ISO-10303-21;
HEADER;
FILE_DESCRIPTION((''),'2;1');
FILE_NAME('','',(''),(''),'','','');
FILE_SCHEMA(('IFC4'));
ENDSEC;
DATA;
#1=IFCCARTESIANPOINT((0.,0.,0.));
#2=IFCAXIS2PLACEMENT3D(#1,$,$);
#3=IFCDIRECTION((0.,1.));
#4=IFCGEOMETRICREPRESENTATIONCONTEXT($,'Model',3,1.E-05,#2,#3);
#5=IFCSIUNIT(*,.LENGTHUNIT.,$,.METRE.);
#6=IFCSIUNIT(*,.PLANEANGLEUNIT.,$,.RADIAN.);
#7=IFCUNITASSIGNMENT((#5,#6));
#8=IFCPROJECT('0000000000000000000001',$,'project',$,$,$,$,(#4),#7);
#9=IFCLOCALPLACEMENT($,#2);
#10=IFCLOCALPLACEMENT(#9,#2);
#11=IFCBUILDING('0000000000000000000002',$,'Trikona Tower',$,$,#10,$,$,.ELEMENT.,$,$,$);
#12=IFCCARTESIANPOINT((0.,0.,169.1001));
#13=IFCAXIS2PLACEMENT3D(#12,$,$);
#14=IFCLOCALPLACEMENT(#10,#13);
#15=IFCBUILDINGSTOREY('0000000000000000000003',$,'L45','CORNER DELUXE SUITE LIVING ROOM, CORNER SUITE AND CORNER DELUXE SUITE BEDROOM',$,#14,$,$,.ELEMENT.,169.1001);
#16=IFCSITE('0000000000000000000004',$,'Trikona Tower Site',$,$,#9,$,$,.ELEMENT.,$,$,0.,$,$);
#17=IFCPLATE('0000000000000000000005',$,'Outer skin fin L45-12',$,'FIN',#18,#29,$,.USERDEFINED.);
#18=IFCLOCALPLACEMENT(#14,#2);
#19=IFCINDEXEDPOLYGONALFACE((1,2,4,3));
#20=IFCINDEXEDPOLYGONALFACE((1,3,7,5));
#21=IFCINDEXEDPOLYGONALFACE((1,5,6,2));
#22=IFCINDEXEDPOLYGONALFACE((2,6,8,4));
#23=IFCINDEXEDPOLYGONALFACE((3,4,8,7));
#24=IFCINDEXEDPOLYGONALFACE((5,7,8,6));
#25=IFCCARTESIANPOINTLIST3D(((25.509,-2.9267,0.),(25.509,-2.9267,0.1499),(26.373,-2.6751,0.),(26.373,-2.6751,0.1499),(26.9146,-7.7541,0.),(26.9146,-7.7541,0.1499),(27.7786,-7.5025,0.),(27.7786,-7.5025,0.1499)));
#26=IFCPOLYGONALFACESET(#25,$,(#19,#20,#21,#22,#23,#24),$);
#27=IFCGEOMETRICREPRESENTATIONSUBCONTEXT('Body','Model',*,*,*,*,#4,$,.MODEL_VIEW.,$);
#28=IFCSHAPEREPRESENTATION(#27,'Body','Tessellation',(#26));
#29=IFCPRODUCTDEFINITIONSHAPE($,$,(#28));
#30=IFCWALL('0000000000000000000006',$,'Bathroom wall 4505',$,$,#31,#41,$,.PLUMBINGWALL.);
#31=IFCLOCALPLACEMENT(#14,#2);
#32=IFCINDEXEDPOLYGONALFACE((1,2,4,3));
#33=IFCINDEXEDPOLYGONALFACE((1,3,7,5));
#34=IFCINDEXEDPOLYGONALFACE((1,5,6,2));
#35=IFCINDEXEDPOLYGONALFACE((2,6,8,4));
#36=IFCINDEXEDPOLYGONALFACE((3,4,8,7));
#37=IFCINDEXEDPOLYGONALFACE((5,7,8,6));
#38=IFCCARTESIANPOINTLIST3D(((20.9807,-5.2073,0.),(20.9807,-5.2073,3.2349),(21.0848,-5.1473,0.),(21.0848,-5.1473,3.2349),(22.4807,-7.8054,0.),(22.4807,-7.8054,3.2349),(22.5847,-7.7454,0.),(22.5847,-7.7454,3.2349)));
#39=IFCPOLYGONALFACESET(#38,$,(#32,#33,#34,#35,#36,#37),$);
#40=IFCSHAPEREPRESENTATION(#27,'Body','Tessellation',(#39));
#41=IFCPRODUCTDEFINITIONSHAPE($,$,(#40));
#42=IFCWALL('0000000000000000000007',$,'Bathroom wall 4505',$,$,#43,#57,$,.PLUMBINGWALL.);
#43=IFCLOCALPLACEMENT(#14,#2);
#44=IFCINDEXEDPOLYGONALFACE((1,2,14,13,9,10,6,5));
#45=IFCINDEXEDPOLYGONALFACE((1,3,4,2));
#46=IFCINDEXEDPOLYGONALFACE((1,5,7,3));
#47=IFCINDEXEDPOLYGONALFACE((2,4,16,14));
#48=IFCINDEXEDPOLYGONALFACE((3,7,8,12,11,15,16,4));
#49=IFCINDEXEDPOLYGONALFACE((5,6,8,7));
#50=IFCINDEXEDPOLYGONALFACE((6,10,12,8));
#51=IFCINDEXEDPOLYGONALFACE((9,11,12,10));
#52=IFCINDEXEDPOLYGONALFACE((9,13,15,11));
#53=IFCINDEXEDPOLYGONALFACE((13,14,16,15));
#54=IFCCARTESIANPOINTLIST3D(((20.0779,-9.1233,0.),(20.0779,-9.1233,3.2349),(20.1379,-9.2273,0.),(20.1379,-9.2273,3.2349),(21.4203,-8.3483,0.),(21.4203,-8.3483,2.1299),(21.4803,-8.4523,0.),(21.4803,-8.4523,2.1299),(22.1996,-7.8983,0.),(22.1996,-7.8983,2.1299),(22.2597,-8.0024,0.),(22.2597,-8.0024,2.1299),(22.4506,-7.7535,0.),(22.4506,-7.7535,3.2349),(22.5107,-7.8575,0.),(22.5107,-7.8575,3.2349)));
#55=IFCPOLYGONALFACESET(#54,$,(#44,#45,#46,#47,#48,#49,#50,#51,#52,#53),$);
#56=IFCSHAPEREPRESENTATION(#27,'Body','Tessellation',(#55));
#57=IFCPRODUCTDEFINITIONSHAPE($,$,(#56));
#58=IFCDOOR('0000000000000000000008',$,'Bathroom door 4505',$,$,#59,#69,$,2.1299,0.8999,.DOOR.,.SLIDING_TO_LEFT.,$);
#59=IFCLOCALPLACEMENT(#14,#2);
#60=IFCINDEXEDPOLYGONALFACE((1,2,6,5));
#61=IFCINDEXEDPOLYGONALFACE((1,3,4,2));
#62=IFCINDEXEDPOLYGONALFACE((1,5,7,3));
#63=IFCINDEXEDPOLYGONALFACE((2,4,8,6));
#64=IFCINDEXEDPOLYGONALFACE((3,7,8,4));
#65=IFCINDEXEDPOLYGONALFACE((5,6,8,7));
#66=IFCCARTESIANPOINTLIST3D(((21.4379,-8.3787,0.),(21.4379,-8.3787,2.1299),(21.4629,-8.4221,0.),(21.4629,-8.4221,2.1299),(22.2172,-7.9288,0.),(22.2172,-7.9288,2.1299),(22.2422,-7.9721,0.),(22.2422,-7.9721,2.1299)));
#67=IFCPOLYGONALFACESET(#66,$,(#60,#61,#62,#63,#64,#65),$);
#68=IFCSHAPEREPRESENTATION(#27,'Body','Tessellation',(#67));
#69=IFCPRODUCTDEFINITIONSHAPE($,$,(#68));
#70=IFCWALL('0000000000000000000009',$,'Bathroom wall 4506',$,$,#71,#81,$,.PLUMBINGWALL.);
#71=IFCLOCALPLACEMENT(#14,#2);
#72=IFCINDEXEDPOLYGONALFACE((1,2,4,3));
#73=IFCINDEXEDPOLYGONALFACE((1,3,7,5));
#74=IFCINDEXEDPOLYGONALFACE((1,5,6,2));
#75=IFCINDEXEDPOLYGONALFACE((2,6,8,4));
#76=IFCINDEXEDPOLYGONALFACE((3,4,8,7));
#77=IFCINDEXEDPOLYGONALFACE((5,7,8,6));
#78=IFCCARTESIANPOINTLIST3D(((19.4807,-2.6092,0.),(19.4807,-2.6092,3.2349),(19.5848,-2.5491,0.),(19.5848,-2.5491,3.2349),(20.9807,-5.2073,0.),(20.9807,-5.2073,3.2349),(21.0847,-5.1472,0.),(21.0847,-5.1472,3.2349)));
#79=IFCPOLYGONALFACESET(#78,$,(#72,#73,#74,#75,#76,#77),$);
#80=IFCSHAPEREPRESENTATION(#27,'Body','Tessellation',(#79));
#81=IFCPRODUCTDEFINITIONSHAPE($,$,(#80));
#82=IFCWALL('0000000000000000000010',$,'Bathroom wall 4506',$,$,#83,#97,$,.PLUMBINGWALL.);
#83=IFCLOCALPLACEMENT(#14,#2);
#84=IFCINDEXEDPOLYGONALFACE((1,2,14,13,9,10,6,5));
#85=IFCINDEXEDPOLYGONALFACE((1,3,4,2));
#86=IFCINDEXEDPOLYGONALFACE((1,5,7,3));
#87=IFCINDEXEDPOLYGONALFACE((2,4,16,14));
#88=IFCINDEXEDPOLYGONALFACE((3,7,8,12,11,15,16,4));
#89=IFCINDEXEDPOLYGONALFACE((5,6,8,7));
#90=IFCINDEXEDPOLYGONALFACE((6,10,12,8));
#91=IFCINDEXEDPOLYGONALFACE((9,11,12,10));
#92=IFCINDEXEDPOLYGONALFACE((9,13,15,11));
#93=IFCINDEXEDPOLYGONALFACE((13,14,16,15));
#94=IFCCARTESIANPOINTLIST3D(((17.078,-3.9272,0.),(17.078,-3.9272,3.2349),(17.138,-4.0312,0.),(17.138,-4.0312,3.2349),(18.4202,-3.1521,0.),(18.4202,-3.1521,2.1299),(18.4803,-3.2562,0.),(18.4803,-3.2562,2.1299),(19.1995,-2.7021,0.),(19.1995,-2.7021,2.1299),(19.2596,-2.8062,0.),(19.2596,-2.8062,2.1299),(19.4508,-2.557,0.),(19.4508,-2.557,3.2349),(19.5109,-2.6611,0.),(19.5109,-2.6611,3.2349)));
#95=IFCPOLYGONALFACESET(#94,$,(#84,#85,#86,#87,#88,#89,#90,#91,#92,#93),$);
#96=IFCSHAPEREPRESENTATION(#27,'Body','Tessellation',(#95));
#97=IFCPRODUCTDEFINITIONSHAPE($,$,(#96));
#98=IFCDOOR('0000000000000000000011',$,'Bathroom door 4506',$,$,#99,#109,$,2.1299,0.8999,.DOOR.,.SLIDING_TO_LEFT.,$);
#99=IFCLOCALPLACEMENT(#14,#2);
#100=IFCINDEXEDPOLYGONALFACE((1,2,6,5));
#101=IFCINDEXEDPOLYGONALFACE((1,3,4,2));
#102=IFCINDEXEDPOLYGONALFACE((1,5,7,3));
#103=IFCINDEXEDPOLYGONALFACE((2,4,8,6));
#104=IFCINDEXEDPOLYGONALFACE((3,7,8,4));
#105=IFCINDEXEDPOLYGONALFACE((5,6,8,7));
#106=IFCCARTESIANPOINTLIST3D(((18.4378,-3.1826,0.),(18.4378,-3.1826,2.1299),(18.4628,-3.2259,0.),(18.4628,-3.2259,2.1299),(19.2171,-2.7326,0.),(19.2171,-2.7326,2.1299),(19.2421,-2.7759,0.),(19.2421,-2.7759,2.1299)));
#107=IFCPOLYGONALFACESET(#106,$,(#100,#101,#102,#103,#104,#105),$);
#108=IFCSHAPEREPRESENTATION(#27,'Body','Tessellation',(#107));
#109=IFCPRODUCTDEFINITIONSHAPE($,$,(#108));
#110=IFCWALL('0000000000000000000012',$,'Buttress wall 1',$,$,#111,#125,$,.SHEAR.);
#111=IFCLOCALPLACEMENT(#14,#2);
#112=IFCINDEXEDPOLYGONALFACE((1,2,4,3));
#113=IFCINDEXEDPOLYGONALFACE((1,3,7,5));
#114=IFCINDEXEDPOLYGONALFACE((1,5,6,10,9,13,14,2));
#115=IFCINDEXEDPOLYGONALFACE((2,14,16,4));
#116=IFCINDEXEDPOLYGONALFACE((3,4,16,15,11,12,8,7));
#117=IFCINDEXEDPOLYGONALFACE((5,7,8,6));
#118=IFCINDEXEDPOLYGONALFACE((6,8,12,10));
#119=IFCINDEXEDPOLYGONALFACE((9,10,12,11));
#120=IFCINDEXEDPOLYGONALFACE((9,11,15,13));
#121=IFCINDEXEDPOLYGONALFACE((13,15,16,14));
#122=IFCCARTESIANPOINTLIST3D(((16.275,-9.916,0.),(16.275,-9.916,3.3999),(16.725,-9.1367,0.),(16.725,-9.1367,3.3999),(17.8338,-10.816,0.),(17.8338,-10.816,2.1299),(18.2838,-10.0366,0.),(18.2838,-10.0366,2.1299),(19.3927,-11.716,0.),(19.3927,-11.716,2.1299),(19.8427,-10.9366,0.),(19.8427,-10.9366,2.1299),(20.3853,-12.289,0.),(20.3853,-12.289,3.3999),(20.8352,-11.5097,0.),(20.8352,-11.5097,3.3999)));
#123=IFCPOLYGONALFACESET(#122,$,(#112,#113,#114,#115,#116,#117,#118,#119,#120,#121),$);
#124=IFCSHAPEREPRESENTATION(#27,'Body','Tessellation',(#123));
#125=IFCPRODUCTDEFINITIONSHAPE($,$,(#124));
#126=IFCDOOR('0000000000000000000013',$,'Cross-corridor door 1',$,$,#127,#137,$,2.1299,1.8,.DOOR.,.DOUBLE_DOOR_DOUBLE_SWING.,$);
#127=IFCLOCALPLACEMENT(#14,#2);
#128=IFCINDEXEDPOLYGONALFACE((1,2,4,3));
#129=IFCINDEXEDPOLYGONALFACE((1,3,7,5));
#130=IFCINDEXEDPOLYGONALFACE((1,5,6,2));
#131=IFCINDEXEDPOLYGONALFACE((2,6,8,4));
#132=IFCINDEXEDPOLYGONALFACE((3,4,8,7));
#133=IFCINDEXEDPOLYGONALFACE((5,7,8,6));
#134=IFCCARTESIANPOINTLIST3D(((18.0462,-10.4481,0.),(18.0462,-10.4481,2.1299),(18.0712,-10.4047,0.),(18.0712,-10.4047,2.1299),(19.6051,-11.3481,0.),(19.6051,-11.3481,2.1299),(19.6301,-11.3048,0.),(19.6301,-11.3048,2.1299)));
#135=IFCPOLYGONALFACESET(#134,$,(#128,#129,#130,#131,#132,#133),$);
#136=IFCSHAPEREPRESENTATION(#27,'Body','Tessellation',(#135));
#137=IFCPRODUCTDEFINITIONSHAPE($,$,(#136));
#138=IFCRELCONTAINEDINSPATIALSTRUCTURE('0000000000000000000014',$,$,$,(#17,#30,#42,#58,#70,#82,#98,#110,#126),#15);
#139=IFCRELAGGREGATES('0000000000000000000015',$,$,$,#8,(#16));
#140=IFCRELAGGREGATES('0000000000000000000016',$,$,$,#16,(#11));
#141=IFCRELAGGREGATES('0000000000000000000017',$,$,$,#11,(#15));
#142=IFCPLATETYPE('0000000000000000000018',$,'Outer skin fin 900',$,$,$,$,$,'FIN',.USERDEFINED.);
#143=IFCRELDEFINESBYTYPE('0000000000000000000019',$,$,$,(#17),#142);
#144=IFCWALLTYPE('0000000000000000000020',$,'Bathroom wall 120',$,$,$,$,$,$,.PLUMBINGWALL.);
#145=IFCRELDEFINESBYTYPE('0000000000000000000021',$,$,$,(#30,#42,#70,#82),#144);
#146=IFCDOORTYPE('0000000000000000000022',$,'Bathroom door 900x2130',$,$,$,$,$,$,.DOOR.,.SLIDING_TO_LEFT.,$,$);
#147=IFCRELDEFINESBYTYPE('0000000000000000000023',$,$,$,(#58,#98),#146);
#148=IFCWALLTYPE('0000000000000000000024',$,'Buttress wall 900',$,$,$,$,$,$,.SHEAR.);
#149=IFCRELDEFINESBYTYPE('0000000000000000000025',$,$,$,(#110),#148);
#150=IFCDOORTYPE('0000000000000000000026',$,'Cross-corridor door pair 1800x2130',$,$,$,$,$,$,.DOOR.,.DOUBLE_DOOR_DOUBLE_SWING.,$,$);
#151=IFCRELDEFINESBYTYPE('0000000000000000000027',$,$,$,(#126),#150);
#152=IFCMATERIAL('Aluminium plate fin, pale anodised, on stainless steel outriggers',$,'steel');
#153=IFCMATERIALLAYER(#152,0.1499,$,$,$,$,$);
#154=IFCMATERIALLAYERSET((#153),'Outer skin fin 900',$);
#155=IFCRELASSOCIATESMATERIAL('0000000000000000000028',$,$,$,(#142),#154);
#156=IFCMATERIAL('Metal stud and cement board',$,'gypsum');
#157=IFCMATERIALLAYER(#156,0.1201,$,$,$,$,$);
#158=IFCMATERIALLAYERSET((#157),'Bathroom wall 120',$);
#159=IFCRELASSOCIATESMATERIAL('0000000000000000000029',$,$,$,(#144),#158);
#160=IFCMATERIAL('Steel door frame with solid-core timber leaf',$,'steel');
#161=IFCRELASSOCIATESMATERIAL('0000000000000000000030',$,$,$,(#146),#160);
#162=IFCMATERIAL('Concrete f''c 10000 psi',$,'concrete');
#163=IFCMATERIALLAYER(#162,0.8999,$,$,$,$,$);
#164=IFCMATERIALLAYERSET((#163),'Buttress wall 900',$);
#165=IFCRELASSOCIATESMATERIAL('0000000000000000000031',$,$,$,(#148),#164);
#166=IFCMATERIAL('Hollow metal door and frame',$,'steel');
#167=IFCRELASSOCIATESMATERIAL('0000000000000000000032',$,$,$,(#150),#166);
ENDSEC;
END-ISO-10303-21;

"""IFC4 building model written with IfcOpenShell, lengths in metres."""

from ifc_helpers import new_model, si_unit, direction, frame, frame_2d, origin, origin_2d, place, context, subcontext, project, spatial, rectangle, extrude, material, layer, layer_set, type_object, element, fill, save


model = new_model("IFC4")

# Units and contexts
model_context = context("Model", 3, precision=1e-05, world=origin(), true_north=direction((0.0, 1.0)))
body_context = subcontext(model_context, "Body", "Model", "MODEL_VIEW")
ifc_project = project(units=[si_unit("LENGTHUNIT", "METRE"), si_unit("PLANEANGLEUNIT", "RADIAN")], contexts=[model_context])

# Site, building, storey
site_placement = place(None, origin())
site = spatial("IfcSite", under=ifc_project, at=site_placement, Name="Trikona Tower Site", CompositionType="ELEMENT", RefElevation=0.0)
building_placement = place(site_placement, origin())
building = spatial("IfcBuilding", under=site, at=building_placement, Name="Trikona Tower", CompositionType="ELEMENT")
storey_placement = place(building_placement, frame((0.0, 0.0, 169.1001)))
storey = spatial("IfcBuildingStorey", under=building, at=storey_placement, Name="L45", Description="CORNER DELUXE SUITE LIVING ROOM, CORNER SUITE AND CORNER DELUXE SUITE BEDROOM", CompositionType="ELEMENT", Elevation=169.1001)

# Plate
ifc_material_1 = material(Name="Aluminium plate fin, pale anodised, on stainless steel outriggers", Category="steel")
ifc_layer_1 = layer(ifc_material_1, 0.1499)
ifc_layer_set_1 = layer_set([ifc_layer_1], Name="Outer skin fin 900")
plate_type_1 = type_object("IfcPlateType", Name="Outer skin fin 900", ElementType="FIN", PredefinedType="USERDEFINED", material=ifc_layer_set_1)
plate_1_placement = place(storey_placement, frame((26.6438, -5.2146, 0.0), z_axis=(0.0, 0.0, 1.0), x_axis=(-0.279554, 0.96013, 0.0)))
element("IfcPlate", 1, at=plate_1_placement, inside=storey, type_object=plate_type_1, Name="Outer skin fin L45-12", ObjectType="FIN", PredefinedType="USERDEFINED", context=body_context, shape_type="SweptSolid", body=[
    extrude(rectangle(XDim=5.0278, YDim=0.8999, at=origin_2d()), origin(), (0.0, 0.0, 1.0), 0.1499),
])

# Wall
ifc_material_2 = material(Name="Metal stud and cement board", Category="gypsum")
ifc_layer_2 = layer(ifc_material_2, 0.1201)
ifc_layer_set_2 = layer_set([ifc_layer_2], Name="Bathroom wall 120")
wall_type_1 = type_object("IfcWallType", Name="Bathroom wall 120", PredefinedType="PLUMBINGWALL", material=ifc_layer_set_2)
wall_1_placement = place(storey_placement, frame((22.5327, -7.7754, 0.0), z_axis=(0.0, 0.0, 1.0), x_axis=(-0.49999, 0.866031, 0.0)))
element("IfcWall", 2, at=wall_1_placement, inside=storey, type_object=wall_type_1, Name="Bathroom wall 4505", PredefinedType="PLUMBINGWALL", context=body_context, shape_type="SweptSolid", body=[
    extrude(rectangle(XDim=3.0, YDim=0.1201, at=frame_2d((1.5, 0.0))), origin(), (0.0, 0.0, 1.0), 3.2349),
])

# Wall, opening, door
wall_2_placement = place(storey_placement, frame((20.1079, -9.1753, 0.0), z_axis=(0.0, 0.0, 1.0), x_axis=(0.866036, 0.499982, 0.0)))
wall_2 = element("IfcWall", 3, at=wall_2_placement, inside=storey, type_object=wall_type_1, Name="Bathroom wall 4505", PredefinedType="PLUMBINGWALL", context=body_context, shape_type="SweptSolid", body=[
    extrude(rectangle(XDim=2.7397, YDim=0.1201, at=frame_2d((1.3699, 0.0))), origin(), (0.0, 0.0, 1.0), 3.2349),
])
opening_1_placement = place(wall_2_placement, frame((1.55, 0.0, 0.0)))
opening_1 = element("IfcOpeningElement", 4, at=opening_1_placement, cuts=wall_2, PredefinedType="OPENING", context=body_context, shape_type="SweptSolid", body=[
    extrude(rectangle(XDim=0.8999, YDim=2.1299, at=frame_2d((0.45, 1.0649))), frame((0.0, 0.0701, 0.0), z_axis=(0.0, -1.0, 0.0), x_axis=(1.0, 0.0, 0.0)), (0.0, 0.0, 1.0), 0.1401),
])
ifc_material_3 = material(Name="Steel door frame with solid-core timber leaf", Category="steel")
door_type_1 = type_object("IfcDoorType", Name="Bathroom door 900x2130", OperationType="SLIDING_TO_LEFT", PredefinedType="DOOR", material=ifc_material_3)
door_1_placement = place(opening_1_placement, origin())
door_1 = element("IfcDoor", 5, at=door_1_placement, inside=storey, type_object=door_type_1, Name="Bathroom door 4505", OperationType="SLIDING_TO_LEFT", OverallHeight=2.1299, OverallWidth=0.8999, PredefinedType="DOOR", context=body_context, shape_type="SweptSolid", body=[
    extrude(rectangle(XDim=0.8999, YDim=2.1299, at=frame_2d((0.45, 1.0649))), frame((0.0, 0.0249, 0.0), z_axis=(0.0, -1.0, 0.0), x_axis=(1.0, 0.0, 0.0)), (0.0, 0.0, 1.0), 0.05),
])
fill(opening_1, door_1)

# Wall
wall_3_placement = place(storey_placement, frame((21.0327, -5.1772, 0.0), z_axis=(0.0, 0.0, 1.0), x_axis=(-0.49999, 0.866031, 0.0)))
element("IfcWall", 6, at=wall_3_placement, inside=storey, type_object=wall_type_1, Name="Bathroom wall 4506", PredefinedType="PLUMBINGWALL", context=body_context, shape_type="SweptSolid", body=[
    extrude(rectangle(XDim=3.0, YDim=0.1201, at=frame_2d((1.5, 0.0))), origin(), (0.0, 0.0, 1.0), 3.2349),
])

# Walls, openings, doors
wall_4_placement = place(storey_placement, frame((17.1079, -3.9792, 0.0), z_axis=(0.0, 0.0, 1.0), x_axis=(0.865997, 0.500049, 0.0)))
wall_4 = element("IfcWall", 7, at=wall_4_placement, inside=storey, type_object=wall_type_1, Name="Bathroom wall 4506", PredefinedType="PLUMBINGWALL", context=body_context, shape_type="SweptSolid", body=[
    extrude(rectangle(XDim=2.74, YDim=0.1201, at=frame_2d((1.3701, 0.0))), origin(), (0.0, 0.0, 1.0), 3.2349),
])
opening_2_placement = place(wall_4_placement, frame((1.55, 0.0, 0.0)))
opening_2 = element("IfcOpeningElement", 8, at=opening_2_placement, cuts=wall_4, PredefinedType="OPENING", context=body_context, shape_type="SweptSolid", body=[
    extrude(rectangle(XDim=0.8999, YDim=2.1299, at=frame_2d((0.45, 1.0649))), frame((0.0, 0.0701, 0.0), z_axis=(0.0, -1.0, 0.0), x_axis=(1.0, 0.0, 0.0)), (0.0, 0.0, 1.0), 0.1401),
])
door_2_placement = place(opening_2_placement, origin())
door_2 = element("IfcDoor", 9, at=door_2_placement, inside=storey, type_object=door_type_1, Name="Bathroom door 4506", OperationType="SLIDING_TO_LEFT", OverallHeight=2.1299, OverallWidth=0.8999, PredefinedType="DOOR", context=body_context, shape_type="SweptSolid", body=[
    extrude(rectangle(XDim=0.8999, YDim=2.1299, at=frame_2d((0.45, 1.0649))), frame((0.0, 0.0249, 0.0), z_axis=(0.0, -1.0, 0.0), x_axis=(1.0, 0.0, 0.0)), (0.0, 0.0, 1.0), 0.05),
])
fill(opening_2, door_2)
ifc_material_4 = material(Name="Concrete f'c 10000 psi", Category="concrete")
ifc_layer_3 = layer(ifc_material_4, 0.8999)
ifc_layer_set_3 = layer_set([ifc_layer_3], Name="Buttress wall 900")
wall_type_2 = type_object("IfcWallType", Name="Buttress wall 900", PredefinedType="SHEAR", material=ifc_layer_set_3)
wall_5_placement = place(storey_placement, frame((16.5, -9.5264, 0.0), z_axis=(0.0, 0.0, 1.0), x_axis=(0.866031, -0.49999, 0.0)))
wall_5 = element("IfcWall", 10, at=wall_5_placement, inside=storey, type_object=wall_type_2, Name="Buttress wall 1", PredefinedType="SHEAR", context=body_context, shape_type="SweptSolid", body=[
    extrude(rectangle(XDim=4.7461, YDim=0.8999, at=frame_2d((2.373, 0.0))), origin(), (0.0, 0.0, 1.0), 3.3999),
])
opening_3_placement = place(wall_5_placement, frame((1.8, 0.0, 0.0)))
opening_3 = element("IfcOpeningElement", 11, at=opening_3_placement, cuts=wall_5, PredefinedType="OPENING", context=body_context, shape_type="SweptSolid", body=[
    extrude(rectangle(XDim=1.8, YDim=2.1299, at=frame_2d((0.8999, 1.0649))), frame((0.0, 0.46, 0.0), z_axis=(0.0, -1.0, 0.0), x_axis=(1.0, 0.0, 0.0)), (0.0, 0.0, 1.0), 0.9199),
])
ifc_material_5 = material(Name="Hollow metal door and frame", Category="steel")
door_type_2 = type_object("IfcDoorType", Name="Cross-corridor door pair 1800x2130", OperationType="DOUBLE_DOOR_DOUBLE_SWING", PredefinedType="DOOR", material=ifc_material_5)
door_3_placement = place(opening_3_placement, origin())
door_3 = element("IfcDoor", 12, at=door_3_placement, inside=storey, type_object=door_type_2, Name="Cross-corridor door 1", OperationType="DOUBLE_DOOR_DOUBLE_SWING", OverallHeight=2.1299, OverallWidth=1.8, PredefinedType="DOOR", context=body_context, shape_type="SweptSolid", body=[
    extrude(rectangle(XDim=1.8, YDim=2.1299, at=frame_2d((0.8999, 1.0649))), frame((0.0, 0.0249, 0.0), z_axis=(0.0, -1.0, 0.0), x_axis=(1.0, 0.0, 0.0)), (0.0, 0.0, 1.0), 0.05),
])
fill(opening_3, door_3)

save(model, "model.ifc")
